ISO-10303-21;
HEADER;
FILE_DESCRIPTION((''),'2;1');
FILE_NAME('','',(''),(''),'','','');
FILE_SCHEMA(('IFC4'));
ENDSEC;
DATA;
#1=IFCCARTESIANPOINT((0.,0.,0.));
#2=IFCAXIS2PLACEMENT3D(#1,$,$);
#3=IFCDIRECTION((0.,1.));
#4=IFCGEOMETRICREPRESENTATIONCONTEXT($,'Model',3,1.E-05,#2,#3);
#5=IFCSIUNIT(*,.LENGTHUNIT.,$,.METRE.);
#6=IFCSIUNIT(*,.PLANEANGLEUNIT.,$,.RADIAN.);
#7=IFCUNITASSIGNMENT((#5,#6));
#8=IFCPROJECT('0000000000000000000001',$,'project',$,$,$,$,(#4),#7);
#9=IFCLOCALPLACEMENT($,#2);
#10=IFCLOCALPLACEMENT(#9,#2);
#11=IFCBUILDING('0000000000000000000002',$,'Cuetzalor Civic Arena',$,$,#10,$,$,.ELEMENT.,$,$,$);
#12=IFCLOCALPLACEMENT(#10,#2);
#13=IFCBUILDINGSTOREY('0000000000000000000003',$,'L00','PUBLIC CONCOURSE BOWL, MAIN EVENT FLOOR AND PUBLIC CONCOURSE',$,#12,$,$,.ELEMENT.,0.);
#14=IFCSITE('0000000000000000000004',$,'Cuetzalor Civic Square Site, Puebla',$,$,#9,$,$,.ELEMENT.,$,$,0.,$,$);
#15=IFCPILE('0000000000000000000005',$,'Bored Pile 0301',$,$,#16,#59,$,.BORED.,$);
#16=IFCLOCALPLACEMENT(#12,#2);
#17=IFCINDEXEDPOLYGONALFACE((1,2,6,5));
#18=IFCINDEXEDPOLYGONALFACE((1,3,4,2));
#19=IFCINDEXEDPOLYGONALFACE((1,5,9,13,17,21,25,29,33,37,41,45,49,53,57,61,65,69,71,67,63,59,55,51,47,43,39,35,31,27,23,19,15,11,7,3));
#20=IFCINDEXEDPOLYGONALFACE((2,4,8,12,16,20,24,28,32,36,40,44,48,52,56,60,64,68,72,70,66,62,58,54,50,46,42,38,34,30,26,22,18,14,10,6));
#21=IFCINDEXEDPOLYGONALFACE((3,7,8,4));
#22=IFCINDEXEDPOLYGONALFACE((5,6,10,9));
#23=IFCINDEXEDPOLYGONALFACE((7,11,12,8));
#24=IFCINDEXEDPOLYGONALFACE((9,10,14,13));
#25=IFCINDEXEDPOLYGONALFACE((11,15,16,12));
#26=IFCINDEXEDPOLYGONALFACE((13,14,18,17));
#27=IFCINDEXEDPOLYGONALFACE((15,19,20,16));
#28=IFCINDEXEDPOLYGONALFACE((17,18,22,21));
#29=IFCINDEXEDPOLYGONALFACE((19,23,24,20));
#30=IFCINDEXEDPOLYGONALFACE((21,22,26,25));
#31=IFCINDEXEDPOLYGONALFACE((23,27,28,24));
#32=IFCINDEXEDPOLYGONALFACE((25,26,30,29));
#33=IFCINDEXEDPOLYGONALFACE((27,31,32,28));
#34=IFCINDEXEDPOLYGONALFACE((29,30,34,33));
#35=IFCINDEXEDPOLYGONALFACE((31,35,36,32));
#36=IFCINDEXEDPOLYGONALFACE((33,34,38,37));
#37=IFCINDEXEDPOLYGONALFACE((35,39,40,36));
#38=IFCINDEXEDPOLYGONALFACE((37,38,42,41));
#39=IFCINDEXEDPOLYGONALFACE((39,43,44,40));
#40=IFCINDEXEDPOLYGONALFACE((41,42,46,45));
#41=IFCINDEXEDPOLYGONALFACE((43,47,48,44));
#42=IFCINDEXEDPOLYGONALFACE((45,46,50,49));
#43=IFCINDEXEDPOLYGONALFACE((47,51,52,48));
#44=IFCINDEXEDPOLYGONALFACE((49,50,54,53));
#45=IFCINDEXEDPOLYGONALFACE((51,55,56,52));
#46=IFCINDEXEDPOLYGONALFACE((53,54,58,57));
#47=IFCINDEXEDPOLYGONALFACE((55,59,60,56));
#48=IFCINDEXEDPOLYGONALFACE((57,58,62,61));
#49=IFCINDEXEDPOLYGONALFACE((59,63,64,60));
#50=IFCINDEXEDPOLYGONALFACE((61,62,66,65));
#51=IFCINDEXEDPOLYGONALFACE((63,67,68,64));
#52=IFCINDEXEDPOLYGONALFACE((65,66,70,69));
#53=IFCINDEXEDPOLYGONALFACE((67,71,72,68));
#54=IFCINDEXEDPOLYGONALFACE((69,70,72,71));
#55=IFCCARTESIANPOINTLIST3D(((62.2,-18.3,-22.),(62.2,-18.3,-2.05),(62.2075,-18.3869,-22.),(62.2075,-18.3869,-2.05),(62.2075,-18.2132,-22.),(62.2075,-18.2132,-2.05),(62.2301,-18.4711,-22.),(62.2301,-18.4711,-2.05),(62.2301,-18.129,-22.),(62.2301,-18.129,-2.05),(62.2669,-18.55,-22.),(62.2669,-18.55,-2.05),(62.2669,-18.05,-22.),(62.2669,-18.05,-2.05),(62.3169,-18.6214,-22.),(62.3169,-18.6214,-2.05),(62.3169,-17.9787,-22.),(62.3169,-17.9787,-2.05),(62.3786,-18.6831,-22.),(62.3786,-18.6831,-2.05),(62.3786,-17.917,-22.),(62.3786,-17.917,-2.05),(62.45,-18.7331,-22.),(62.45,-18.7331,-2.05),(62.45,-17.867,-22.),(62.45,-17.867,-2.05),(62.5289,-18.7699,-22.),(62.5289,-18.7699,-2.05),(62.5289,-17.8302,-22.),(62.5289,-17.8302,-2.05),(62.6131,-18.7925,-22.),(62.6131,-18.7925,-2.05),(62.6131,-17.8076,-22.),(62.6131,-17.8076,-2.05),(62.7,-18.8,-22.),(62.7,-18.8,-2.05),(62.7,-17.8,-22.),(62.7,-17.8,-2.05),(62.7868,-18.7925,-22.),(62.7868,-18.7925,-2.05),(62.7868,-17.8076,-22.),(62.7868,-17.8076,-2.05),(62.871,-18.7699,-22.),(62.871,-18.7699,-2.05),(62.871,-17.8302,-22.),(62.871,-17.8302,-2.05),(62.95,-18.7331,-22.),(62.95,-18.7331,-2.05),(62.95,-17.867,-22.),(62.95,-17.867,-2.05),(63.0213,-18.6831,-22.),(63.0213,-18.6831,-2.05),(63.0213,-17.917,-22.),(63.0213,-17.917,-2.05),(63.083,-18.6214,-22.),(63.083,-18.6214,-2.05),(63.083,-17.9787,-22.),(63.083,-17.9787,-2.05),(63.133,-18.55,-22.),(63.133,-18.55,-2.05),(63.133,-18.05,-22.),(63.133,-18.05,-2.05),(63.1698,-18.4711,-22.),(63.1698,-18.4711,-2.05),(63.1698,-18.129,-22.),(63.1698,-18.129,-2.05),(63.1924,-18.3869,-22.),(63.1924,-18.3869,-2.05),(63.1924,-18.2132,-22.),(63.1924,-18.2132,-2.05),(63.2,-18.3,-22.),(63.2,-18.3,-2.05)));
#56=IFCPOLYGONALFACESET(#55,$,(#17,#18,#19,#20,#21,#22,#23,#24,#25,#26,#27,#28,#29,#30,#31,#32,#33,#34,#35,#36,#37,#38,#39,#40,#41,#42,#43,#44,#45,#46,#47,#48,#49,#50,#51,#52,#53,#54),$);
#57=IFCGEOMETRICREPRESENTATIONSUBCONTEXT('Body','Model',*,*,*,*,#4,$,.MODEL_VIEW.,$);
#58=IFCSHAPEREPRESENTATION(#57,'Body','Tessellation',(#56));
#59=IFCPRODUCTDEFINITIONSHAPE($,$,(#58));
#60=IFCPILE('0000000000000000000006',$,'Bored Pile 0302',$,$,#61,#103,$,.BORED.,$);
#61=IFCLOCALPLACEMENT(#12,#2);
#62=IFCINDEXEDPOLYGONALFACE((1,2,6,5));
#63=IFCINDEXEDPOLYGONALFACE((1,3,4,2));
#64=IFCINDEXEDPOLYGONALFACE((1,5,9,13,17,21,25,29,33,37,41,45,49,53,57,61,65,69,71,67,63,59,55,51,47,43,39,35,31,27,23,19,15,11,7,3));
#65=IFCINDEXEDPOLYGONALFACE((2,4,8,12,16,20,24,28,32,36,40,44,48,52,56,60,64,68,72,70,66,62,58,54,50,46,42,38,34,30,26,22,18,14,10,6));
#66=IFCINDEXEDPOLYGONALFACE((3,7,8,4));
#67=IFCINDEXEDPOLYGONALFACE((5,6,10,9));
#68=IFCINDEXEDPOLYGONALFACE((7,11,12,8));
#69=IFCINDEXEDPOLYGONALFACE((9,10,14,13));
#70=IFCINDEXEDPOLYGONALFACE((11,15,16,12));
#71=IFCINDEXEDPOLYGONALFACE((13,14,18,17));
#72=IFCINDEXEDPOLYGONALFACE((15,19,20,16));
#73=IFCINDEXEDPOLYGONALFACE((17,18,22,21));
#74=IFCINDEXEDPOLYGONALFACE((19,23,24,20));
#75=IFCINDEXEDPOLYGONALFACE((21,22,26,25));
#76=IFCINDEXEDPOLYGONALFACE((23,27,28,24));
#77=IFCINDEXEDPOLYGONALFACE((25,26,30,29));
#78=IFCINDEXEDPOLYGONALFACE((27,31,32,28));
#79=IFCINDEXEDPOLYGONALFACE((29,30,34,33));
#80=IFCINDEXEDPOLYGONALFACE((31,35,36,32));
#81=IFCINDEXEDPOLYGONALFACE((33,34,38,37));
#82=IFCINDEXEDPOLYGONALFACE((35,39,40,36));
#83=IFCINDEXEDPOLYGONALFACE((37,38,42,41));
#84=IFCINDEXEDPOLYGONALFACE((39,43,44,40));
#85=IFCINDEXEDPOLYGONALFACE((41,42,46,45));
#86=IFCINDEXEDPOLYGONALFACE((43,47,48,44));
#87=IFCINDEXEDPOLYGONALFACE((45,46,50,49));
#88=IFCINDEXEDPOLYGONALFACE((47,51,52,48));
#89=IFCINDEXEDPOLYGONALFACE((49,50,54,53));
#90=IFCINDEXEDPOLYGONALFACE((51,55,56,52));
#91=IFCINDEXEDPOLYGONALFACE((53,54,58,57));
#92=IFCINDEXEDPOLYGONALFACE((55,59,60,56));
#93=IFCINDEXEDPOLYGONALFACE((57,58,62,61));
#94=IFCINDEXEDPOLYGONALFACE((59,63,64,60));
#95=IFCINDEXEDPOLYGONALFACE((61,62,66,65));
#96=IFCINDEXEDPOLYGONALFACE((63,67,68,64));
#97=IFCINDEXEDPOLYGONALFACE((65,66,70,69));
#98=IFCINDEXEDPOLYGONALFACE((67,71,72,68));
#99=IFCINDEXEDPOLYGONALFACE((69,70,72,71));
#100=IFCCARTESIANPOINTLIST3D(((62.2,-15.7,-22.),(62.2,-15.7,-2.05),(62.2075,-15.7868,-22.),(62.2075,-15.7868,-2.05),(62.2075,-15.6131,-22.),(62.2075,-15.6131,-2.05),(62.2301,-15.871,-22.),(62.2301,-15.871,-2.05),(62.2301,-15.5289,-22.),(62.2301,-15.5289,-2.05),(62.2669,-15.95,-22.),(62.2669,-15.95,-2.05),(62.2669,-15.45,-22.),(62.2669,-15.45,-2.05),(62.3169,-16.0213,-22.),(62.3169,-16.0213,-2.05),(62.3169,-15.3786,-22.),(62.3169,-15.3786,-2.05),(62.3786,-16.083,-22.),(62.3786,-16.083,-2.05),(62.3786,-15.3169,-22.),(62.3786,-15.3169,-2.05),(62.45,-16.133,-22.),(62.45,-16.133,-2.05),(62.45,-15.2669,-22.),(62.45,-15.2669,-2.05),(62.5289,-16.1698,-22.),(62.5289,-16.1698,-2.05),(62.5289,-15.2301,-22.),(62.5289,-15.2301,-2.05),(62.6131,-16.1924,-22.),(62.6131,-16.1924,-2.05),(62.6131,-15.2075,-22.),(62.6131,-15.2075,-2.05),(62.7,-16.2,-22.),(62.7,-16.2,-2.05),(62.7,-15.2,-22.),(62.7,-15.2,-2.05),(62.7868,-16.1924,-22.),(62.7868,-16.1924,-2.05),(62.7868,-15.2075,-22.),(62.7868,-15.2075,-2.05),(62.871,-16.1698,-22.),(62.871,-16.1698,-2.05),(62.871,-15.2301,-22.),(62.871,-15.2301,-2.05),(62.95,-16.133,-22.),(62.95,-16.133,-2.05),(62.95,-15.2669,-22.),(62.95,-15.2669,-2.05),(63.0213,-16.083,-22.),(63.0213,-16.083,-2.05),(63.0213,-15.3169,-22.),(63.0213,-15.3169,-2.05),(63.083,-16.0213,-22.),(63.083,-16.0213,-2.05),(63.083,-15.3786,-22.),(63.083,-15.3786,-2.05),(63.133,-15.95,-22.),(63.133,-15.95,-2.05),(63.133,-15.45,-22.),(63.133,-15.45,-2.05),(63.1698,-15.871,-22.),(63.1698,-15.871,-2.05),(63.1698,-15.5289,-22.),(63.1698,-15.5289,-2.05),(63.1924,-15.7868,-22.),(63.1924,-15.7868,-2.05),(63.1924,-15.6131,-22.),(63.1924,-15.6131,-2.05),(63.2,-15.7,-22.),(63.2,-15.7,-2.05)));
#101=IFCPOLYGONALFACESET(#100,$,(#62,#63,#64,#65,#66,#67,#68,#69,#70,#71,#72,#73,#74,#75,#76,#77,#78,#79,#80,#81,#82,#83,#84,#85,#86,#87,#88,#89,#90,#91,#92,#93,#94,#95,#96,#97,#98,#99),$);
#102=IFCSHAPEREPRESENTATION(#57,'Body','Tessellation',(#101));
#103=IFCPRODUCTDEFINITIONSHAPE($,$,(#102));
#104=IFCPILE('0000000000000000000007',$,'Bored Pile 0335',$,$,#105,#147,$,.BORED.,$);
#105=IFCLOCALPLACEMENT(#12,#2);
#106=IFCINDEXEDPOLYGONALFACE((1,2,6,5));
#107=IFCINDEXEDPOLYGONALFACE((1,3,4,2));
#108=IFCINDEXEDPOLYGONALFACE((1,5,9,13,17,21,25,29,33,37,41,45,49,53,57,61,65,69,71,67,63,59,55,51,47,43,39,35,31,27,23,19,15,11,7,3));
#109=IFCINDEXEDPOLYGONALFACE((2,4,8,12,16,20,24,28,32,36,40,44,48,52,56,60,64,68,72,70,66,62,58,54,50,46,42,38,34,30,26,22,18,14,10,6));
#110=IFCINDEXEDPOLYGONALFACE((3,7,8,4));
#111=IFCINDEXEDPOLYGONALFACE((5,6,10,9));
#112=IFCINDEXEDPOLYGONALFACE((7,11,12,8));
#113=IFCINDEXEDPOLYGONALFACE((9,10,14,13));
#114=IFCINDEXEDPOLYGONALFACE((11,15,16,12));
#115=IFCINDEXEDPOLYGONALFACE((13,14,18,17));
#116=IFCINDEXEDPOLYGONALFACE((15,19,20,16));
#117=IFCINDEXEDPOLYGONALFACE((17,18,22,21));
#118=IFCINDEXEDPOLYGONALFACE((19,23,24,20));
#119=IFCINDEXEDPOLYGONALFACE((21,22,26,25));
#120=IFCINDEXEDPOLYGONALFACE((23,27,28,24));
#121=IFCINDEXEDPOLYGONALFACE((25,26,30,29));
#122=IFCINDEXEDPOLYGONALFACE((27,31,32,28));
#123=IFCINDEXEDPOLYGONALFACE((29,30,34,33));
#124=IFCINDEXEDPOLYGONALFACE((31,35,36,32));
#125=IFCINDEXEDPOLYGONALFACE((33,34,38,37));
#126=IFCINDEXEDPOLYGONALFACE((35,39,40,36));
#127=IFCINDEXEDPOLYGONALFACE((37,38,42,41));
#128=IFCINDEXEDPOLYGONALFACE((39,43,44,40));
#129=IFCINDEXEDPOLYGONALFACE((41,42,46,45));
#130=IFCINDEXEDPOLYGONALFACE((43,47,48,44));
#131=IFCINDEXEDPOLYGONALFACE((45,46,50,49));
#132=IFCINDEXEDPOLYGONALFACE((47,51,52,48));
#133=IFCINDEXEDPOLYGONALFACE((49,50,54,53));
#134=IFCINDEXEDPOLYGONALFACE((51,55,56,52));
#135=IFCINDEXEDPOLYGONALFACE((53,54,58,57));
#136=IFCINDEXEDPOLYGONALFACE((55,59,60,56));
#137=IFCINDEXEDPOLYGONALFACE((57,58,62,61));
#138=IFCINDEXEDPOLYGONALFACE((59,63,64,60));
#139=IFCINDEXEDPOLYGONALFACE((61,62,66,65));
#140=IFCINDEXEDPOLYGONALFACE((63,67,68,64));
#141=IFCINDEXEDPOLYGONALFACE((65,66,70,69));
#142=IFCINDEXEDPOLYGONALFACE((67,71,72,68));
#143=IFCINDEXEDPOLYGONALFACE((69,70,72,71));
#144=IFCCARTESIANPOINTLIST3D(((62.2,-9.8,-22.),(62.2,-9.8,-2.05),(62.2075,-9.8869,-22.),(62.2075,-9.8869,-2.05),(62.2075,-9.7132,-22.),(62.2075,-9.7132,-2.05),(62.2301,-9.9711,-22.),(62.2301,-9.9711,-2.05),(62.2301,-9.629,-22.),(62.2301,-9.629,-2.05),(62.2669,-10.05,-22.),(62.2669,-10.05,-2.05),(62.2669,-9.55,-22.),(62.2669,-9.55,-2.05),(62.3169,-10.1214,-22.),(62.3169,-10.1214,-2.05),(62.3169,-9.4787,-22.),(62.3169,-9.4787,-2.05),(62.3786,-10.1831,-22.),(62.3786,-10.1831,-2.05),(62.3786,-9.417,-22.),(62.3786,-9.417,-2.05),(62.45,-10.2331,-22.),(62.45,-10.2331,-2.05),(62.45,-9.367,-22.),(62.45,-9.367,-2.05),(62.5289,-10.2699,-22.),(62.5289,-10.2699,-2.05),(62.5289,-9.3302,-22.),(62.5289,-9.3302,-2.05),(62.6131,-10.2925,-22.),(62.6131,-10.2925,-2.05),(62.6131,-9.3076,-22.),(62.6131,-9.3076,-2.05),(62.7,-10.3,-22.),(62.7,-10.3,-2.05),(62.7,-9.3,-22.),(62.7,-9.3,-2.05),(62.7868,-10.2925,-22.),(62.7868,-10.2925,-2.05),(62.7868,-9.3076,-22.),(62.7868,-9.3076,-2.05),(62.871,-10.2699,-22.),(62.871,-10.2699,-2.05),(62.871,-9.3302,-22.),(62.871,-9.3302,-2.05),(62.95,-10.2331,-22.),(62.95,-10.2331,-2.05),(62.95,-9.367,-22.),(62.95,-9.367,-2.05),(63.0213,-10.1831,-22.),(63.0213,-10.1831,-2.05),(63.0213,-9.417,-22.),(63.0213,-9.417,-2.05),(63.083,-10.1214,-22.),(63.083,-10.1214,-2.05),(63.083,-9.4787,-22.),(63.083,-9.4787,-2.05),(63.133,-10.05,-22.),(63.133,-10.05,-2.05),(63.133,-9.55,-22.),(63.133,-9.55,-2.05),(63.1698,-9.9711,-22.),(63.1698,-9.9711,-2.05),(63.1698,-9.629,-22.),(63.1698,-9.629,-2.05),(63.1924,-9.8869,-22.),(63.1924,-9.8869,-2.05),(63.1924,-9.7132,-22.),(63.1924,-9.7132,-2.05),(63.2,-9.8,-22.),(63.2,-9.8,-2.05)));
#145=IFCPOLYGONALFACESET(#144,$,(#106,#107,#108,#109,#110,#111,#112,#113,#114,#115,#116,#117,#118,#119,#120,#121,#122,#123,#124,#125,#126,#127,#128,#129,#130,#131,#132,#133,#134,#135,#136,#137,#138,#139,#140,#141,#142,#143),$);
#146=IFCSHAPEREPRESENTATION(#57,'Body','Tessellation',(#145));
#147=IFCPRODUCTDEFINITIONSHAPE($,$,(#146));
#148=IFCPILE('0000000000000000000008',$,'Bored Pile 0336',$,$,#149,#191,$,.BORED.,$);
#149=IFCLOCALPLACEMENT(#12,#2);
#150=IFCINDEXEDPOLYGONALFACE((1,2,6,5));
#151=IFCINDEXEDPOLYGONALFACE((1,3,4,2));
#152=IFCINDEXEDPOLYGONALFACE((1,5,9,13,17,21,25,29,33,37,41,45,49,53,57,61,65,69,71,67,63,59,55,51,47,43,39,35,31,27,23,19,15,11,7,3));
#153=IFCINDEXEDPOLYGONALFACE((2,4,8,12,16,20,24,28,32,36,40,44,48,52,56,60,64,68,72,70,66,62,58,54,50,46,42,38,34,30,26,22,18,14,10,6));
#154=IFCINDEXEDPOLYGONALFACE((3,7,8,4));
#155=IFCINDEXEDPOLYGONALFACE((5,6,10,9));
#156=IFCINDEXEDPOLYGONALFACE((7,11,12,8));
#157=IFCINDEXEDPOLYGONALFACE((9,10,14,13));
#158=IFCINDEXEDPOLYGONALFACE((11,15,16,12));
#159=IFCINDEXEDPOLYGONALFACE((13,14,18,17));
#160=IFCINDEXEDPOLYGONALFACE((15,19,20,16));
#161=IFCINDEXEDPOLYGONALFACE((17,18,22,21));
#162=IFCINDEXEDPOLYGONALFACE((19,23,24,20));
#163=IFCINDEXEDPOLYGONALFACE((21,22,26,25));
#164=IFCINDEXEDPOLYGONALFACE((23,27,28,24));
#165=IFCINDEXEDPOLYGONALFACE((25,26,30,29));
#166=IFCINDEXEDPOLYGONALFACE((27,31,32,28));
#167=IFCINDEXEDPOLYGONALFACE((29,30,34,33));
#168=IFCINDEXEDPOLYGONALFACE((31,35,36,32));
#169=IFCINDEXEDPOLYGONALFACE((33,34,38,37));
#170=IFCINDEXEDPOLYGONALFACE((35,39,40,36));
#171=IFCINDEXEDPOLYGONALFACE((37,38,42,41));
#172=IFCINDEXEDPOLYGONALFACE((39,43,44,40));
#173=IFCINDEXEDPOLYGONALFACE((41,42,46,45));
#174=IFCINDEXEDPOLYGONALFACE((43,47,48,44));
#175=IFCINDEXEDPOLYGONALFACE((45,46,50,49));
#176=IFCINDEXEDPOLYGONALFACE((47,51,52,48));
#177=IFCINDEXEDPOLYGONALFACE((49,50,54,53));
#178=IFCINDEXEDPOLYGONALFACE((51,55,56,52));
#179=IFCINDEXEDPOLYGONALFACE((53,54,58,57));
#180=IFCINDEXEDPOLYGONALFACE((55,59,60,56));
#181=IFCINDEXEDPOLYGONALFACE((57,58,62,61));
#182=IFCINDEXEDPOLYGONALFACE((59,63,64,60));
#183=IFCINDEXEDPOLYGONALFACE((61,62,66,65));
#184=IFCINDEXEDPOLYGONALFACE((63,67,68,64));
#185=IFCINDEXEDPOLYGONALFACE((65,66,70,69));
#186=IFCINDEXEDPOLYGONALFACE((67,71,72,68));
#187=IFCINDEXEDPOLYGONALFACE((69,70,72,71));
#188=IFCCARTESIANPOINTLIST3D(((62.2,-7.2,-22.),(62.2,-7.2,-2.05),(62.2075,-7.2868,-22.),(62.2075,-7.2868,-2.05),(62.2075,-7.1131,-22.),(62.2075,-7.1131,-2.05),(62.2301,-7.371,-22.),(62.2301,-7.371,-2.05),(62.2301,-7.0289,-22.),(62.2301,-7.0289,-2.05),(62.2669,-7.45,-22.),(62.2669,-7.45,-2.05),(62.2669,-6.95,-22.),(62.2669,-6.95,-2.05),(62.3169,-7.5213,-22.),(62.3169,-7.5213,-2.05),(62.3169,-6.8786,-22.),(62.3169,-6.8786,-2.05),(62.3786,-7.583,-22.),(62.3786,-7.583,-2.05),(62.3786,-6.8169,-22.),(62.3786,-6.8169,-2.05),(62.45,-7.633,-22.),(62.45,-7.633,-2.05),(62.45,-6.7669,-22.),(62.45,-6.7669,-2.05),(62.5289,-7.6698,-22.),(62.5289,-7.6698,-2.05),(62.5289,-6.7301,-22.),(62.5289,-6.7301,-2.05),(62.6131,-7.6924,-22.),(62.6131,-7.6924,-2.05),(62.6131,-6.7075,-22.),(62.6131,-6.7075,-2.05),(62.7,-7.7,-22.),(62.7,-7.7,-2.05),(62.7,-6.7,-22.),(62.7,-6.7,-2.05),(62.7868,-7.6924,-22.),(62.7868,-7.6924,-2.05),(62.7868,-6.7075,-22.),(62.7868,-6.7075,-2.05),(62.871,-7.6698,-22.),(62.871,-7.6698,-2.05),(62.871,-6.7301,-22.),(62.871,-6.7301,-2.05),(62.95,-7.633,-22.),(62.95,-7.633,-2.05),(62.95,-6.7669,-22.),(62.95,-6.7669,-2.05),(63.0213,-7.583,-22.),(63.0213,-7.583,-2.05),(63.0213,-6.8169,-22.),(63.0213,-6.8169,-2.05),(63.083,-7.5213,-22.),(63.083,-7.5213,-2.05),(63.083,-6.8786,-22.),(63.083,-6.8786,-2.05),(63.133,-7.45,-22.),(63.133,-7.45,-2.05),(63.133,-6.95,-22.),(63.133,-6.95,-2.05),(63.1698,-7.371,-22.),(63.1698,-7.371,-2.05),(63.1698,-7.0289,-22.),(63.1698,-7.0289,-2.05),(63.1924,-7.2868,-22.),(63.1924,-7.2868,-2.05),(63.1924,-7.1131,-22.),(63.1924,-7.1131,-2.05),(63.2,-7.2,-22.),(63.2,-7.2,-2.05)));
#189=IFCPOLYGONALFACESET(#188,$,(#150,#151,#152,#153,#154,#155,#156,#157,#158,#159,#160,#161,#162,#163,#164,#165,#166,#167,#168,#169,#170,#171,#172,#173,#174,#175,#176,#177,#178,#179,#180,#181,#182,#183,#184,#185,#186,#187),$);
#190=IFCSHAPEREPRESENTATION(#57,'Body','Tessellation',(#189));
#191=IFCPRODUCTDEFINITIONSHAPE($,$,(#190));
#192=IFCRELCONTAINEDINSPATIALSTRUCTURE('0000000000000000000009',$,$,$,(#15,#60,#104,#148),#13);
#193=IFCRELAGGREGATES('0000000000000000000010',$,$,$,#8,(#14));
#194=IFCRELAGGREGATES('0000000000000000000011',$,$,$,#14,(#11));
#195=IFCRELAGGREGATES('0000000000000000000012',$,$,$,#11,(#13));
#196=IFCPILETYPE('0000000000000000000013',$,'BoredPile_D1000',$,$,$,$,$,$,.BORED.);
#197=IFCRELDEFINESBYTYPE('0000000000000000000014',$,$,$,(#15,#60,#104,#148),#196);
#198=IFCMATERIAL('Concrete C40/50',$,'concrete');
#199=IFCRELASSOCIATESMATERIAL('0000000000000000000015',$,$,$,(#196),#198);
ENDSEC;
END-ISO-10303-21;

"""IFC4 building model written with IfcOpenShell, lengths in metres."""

from ifc_helpers import new_model, si_unit, direction, frame, origin, origin_2d, place, context, subcontext, project, spatial, circle, extrude, material, material_profile, profile_set, type_object, element, save


model = new_model("IFC4")

# Units and contexts
model_context = context("Model", 3, precision=1e-05, world=origin(), true_north=direction((0.0, 1.0)))
body_context = subcontext(model_context, "Body", "Model", "MODEL_VIEW")
ifc_project = project(units=[si_unit("LENGTHUNIT", "METRE"), si_unit("PLANEANGLEUNIT", "RADIAN")], contexts=[model_context])

# Site, building, storey
site_placement = place(None, origin())
site = spatial("IfcSite", under=ifc_project, at=site_placement, Name="Cuetzalor Civic Square Site, Puebla", CompositionType="ELEMENT", RefElevation=0.0)
building_placement = place(site_placement, origin())
building = spatial("IfcBuilding", under=site, at=building_placement, Name="Cuetzalor Civic Arena", CompositionType="ELEMENT")
storey_placement = place(building_placement, origin())
storey = spatial("IfcBuildingStorey", under=building, at=storey_placement, Name="L00", Description="PUBLIC CONCOURSE BOWL, MAIN EVENT FLOOR AND PUBLIC CONCOURSE", CompositionType="ELEMENT", Elevation=0.0)

# Piles
ifc_material_1 = material(Name="Concrete C40/50", Category="concrete")
ifc_material_profile_1 = material_profile(ifc_material_1, circle(Radius=0.5, at=origin_2d()), Name="BORED PILE D1000")
ifc_profile_set_1 = profile_set([ifc_material_profile_1], Name="Concrete C40/50")
pile_type_1 = type_object("IfcPileType", Name="BoredPile_D1000", PredefinedType="BORED", material=ifc_profile_set_1)
for number, where, z_axis, x_axis, name in (
    (1, (62.7, -18.3, -2.05), (0.0, 0.0, -1.0), (1.0, 0.0, 0.0), "Bored Pile 0301"),
    (2, (62.7, -15.7, -2.05), (0.0, 0.0, -1.0), (1.0, 0.0, 0.0), "Bored Pile 0302"),
    (3, (62.7, -9.8, -2.05), (0.0, 0.0, -1.0), (1.0, 0.0, 0.0), "Bored Pile 0335"),
    (4, (62.7, -7.2, -2.05), (0.0, 0.0, -1.0), (1.0, 0.0, 0.0), "Bored Pile 0336"),
):
    element("IfcPile", number, at=place(storey_placement, frame(where, z_axis=z_axis, x_axis=x_axis)), inside=storey, type_object=pile_type_1, Name=name, PredefinedType="BORED", context=body_context, shape_type="SweptSolid", body=[
        extrude(circle(Radius=0.5, at=origin_2d()), origin(), (0.0, 0.0, 1.0), 19.95),
    ])

save(model, "model.ifc")
